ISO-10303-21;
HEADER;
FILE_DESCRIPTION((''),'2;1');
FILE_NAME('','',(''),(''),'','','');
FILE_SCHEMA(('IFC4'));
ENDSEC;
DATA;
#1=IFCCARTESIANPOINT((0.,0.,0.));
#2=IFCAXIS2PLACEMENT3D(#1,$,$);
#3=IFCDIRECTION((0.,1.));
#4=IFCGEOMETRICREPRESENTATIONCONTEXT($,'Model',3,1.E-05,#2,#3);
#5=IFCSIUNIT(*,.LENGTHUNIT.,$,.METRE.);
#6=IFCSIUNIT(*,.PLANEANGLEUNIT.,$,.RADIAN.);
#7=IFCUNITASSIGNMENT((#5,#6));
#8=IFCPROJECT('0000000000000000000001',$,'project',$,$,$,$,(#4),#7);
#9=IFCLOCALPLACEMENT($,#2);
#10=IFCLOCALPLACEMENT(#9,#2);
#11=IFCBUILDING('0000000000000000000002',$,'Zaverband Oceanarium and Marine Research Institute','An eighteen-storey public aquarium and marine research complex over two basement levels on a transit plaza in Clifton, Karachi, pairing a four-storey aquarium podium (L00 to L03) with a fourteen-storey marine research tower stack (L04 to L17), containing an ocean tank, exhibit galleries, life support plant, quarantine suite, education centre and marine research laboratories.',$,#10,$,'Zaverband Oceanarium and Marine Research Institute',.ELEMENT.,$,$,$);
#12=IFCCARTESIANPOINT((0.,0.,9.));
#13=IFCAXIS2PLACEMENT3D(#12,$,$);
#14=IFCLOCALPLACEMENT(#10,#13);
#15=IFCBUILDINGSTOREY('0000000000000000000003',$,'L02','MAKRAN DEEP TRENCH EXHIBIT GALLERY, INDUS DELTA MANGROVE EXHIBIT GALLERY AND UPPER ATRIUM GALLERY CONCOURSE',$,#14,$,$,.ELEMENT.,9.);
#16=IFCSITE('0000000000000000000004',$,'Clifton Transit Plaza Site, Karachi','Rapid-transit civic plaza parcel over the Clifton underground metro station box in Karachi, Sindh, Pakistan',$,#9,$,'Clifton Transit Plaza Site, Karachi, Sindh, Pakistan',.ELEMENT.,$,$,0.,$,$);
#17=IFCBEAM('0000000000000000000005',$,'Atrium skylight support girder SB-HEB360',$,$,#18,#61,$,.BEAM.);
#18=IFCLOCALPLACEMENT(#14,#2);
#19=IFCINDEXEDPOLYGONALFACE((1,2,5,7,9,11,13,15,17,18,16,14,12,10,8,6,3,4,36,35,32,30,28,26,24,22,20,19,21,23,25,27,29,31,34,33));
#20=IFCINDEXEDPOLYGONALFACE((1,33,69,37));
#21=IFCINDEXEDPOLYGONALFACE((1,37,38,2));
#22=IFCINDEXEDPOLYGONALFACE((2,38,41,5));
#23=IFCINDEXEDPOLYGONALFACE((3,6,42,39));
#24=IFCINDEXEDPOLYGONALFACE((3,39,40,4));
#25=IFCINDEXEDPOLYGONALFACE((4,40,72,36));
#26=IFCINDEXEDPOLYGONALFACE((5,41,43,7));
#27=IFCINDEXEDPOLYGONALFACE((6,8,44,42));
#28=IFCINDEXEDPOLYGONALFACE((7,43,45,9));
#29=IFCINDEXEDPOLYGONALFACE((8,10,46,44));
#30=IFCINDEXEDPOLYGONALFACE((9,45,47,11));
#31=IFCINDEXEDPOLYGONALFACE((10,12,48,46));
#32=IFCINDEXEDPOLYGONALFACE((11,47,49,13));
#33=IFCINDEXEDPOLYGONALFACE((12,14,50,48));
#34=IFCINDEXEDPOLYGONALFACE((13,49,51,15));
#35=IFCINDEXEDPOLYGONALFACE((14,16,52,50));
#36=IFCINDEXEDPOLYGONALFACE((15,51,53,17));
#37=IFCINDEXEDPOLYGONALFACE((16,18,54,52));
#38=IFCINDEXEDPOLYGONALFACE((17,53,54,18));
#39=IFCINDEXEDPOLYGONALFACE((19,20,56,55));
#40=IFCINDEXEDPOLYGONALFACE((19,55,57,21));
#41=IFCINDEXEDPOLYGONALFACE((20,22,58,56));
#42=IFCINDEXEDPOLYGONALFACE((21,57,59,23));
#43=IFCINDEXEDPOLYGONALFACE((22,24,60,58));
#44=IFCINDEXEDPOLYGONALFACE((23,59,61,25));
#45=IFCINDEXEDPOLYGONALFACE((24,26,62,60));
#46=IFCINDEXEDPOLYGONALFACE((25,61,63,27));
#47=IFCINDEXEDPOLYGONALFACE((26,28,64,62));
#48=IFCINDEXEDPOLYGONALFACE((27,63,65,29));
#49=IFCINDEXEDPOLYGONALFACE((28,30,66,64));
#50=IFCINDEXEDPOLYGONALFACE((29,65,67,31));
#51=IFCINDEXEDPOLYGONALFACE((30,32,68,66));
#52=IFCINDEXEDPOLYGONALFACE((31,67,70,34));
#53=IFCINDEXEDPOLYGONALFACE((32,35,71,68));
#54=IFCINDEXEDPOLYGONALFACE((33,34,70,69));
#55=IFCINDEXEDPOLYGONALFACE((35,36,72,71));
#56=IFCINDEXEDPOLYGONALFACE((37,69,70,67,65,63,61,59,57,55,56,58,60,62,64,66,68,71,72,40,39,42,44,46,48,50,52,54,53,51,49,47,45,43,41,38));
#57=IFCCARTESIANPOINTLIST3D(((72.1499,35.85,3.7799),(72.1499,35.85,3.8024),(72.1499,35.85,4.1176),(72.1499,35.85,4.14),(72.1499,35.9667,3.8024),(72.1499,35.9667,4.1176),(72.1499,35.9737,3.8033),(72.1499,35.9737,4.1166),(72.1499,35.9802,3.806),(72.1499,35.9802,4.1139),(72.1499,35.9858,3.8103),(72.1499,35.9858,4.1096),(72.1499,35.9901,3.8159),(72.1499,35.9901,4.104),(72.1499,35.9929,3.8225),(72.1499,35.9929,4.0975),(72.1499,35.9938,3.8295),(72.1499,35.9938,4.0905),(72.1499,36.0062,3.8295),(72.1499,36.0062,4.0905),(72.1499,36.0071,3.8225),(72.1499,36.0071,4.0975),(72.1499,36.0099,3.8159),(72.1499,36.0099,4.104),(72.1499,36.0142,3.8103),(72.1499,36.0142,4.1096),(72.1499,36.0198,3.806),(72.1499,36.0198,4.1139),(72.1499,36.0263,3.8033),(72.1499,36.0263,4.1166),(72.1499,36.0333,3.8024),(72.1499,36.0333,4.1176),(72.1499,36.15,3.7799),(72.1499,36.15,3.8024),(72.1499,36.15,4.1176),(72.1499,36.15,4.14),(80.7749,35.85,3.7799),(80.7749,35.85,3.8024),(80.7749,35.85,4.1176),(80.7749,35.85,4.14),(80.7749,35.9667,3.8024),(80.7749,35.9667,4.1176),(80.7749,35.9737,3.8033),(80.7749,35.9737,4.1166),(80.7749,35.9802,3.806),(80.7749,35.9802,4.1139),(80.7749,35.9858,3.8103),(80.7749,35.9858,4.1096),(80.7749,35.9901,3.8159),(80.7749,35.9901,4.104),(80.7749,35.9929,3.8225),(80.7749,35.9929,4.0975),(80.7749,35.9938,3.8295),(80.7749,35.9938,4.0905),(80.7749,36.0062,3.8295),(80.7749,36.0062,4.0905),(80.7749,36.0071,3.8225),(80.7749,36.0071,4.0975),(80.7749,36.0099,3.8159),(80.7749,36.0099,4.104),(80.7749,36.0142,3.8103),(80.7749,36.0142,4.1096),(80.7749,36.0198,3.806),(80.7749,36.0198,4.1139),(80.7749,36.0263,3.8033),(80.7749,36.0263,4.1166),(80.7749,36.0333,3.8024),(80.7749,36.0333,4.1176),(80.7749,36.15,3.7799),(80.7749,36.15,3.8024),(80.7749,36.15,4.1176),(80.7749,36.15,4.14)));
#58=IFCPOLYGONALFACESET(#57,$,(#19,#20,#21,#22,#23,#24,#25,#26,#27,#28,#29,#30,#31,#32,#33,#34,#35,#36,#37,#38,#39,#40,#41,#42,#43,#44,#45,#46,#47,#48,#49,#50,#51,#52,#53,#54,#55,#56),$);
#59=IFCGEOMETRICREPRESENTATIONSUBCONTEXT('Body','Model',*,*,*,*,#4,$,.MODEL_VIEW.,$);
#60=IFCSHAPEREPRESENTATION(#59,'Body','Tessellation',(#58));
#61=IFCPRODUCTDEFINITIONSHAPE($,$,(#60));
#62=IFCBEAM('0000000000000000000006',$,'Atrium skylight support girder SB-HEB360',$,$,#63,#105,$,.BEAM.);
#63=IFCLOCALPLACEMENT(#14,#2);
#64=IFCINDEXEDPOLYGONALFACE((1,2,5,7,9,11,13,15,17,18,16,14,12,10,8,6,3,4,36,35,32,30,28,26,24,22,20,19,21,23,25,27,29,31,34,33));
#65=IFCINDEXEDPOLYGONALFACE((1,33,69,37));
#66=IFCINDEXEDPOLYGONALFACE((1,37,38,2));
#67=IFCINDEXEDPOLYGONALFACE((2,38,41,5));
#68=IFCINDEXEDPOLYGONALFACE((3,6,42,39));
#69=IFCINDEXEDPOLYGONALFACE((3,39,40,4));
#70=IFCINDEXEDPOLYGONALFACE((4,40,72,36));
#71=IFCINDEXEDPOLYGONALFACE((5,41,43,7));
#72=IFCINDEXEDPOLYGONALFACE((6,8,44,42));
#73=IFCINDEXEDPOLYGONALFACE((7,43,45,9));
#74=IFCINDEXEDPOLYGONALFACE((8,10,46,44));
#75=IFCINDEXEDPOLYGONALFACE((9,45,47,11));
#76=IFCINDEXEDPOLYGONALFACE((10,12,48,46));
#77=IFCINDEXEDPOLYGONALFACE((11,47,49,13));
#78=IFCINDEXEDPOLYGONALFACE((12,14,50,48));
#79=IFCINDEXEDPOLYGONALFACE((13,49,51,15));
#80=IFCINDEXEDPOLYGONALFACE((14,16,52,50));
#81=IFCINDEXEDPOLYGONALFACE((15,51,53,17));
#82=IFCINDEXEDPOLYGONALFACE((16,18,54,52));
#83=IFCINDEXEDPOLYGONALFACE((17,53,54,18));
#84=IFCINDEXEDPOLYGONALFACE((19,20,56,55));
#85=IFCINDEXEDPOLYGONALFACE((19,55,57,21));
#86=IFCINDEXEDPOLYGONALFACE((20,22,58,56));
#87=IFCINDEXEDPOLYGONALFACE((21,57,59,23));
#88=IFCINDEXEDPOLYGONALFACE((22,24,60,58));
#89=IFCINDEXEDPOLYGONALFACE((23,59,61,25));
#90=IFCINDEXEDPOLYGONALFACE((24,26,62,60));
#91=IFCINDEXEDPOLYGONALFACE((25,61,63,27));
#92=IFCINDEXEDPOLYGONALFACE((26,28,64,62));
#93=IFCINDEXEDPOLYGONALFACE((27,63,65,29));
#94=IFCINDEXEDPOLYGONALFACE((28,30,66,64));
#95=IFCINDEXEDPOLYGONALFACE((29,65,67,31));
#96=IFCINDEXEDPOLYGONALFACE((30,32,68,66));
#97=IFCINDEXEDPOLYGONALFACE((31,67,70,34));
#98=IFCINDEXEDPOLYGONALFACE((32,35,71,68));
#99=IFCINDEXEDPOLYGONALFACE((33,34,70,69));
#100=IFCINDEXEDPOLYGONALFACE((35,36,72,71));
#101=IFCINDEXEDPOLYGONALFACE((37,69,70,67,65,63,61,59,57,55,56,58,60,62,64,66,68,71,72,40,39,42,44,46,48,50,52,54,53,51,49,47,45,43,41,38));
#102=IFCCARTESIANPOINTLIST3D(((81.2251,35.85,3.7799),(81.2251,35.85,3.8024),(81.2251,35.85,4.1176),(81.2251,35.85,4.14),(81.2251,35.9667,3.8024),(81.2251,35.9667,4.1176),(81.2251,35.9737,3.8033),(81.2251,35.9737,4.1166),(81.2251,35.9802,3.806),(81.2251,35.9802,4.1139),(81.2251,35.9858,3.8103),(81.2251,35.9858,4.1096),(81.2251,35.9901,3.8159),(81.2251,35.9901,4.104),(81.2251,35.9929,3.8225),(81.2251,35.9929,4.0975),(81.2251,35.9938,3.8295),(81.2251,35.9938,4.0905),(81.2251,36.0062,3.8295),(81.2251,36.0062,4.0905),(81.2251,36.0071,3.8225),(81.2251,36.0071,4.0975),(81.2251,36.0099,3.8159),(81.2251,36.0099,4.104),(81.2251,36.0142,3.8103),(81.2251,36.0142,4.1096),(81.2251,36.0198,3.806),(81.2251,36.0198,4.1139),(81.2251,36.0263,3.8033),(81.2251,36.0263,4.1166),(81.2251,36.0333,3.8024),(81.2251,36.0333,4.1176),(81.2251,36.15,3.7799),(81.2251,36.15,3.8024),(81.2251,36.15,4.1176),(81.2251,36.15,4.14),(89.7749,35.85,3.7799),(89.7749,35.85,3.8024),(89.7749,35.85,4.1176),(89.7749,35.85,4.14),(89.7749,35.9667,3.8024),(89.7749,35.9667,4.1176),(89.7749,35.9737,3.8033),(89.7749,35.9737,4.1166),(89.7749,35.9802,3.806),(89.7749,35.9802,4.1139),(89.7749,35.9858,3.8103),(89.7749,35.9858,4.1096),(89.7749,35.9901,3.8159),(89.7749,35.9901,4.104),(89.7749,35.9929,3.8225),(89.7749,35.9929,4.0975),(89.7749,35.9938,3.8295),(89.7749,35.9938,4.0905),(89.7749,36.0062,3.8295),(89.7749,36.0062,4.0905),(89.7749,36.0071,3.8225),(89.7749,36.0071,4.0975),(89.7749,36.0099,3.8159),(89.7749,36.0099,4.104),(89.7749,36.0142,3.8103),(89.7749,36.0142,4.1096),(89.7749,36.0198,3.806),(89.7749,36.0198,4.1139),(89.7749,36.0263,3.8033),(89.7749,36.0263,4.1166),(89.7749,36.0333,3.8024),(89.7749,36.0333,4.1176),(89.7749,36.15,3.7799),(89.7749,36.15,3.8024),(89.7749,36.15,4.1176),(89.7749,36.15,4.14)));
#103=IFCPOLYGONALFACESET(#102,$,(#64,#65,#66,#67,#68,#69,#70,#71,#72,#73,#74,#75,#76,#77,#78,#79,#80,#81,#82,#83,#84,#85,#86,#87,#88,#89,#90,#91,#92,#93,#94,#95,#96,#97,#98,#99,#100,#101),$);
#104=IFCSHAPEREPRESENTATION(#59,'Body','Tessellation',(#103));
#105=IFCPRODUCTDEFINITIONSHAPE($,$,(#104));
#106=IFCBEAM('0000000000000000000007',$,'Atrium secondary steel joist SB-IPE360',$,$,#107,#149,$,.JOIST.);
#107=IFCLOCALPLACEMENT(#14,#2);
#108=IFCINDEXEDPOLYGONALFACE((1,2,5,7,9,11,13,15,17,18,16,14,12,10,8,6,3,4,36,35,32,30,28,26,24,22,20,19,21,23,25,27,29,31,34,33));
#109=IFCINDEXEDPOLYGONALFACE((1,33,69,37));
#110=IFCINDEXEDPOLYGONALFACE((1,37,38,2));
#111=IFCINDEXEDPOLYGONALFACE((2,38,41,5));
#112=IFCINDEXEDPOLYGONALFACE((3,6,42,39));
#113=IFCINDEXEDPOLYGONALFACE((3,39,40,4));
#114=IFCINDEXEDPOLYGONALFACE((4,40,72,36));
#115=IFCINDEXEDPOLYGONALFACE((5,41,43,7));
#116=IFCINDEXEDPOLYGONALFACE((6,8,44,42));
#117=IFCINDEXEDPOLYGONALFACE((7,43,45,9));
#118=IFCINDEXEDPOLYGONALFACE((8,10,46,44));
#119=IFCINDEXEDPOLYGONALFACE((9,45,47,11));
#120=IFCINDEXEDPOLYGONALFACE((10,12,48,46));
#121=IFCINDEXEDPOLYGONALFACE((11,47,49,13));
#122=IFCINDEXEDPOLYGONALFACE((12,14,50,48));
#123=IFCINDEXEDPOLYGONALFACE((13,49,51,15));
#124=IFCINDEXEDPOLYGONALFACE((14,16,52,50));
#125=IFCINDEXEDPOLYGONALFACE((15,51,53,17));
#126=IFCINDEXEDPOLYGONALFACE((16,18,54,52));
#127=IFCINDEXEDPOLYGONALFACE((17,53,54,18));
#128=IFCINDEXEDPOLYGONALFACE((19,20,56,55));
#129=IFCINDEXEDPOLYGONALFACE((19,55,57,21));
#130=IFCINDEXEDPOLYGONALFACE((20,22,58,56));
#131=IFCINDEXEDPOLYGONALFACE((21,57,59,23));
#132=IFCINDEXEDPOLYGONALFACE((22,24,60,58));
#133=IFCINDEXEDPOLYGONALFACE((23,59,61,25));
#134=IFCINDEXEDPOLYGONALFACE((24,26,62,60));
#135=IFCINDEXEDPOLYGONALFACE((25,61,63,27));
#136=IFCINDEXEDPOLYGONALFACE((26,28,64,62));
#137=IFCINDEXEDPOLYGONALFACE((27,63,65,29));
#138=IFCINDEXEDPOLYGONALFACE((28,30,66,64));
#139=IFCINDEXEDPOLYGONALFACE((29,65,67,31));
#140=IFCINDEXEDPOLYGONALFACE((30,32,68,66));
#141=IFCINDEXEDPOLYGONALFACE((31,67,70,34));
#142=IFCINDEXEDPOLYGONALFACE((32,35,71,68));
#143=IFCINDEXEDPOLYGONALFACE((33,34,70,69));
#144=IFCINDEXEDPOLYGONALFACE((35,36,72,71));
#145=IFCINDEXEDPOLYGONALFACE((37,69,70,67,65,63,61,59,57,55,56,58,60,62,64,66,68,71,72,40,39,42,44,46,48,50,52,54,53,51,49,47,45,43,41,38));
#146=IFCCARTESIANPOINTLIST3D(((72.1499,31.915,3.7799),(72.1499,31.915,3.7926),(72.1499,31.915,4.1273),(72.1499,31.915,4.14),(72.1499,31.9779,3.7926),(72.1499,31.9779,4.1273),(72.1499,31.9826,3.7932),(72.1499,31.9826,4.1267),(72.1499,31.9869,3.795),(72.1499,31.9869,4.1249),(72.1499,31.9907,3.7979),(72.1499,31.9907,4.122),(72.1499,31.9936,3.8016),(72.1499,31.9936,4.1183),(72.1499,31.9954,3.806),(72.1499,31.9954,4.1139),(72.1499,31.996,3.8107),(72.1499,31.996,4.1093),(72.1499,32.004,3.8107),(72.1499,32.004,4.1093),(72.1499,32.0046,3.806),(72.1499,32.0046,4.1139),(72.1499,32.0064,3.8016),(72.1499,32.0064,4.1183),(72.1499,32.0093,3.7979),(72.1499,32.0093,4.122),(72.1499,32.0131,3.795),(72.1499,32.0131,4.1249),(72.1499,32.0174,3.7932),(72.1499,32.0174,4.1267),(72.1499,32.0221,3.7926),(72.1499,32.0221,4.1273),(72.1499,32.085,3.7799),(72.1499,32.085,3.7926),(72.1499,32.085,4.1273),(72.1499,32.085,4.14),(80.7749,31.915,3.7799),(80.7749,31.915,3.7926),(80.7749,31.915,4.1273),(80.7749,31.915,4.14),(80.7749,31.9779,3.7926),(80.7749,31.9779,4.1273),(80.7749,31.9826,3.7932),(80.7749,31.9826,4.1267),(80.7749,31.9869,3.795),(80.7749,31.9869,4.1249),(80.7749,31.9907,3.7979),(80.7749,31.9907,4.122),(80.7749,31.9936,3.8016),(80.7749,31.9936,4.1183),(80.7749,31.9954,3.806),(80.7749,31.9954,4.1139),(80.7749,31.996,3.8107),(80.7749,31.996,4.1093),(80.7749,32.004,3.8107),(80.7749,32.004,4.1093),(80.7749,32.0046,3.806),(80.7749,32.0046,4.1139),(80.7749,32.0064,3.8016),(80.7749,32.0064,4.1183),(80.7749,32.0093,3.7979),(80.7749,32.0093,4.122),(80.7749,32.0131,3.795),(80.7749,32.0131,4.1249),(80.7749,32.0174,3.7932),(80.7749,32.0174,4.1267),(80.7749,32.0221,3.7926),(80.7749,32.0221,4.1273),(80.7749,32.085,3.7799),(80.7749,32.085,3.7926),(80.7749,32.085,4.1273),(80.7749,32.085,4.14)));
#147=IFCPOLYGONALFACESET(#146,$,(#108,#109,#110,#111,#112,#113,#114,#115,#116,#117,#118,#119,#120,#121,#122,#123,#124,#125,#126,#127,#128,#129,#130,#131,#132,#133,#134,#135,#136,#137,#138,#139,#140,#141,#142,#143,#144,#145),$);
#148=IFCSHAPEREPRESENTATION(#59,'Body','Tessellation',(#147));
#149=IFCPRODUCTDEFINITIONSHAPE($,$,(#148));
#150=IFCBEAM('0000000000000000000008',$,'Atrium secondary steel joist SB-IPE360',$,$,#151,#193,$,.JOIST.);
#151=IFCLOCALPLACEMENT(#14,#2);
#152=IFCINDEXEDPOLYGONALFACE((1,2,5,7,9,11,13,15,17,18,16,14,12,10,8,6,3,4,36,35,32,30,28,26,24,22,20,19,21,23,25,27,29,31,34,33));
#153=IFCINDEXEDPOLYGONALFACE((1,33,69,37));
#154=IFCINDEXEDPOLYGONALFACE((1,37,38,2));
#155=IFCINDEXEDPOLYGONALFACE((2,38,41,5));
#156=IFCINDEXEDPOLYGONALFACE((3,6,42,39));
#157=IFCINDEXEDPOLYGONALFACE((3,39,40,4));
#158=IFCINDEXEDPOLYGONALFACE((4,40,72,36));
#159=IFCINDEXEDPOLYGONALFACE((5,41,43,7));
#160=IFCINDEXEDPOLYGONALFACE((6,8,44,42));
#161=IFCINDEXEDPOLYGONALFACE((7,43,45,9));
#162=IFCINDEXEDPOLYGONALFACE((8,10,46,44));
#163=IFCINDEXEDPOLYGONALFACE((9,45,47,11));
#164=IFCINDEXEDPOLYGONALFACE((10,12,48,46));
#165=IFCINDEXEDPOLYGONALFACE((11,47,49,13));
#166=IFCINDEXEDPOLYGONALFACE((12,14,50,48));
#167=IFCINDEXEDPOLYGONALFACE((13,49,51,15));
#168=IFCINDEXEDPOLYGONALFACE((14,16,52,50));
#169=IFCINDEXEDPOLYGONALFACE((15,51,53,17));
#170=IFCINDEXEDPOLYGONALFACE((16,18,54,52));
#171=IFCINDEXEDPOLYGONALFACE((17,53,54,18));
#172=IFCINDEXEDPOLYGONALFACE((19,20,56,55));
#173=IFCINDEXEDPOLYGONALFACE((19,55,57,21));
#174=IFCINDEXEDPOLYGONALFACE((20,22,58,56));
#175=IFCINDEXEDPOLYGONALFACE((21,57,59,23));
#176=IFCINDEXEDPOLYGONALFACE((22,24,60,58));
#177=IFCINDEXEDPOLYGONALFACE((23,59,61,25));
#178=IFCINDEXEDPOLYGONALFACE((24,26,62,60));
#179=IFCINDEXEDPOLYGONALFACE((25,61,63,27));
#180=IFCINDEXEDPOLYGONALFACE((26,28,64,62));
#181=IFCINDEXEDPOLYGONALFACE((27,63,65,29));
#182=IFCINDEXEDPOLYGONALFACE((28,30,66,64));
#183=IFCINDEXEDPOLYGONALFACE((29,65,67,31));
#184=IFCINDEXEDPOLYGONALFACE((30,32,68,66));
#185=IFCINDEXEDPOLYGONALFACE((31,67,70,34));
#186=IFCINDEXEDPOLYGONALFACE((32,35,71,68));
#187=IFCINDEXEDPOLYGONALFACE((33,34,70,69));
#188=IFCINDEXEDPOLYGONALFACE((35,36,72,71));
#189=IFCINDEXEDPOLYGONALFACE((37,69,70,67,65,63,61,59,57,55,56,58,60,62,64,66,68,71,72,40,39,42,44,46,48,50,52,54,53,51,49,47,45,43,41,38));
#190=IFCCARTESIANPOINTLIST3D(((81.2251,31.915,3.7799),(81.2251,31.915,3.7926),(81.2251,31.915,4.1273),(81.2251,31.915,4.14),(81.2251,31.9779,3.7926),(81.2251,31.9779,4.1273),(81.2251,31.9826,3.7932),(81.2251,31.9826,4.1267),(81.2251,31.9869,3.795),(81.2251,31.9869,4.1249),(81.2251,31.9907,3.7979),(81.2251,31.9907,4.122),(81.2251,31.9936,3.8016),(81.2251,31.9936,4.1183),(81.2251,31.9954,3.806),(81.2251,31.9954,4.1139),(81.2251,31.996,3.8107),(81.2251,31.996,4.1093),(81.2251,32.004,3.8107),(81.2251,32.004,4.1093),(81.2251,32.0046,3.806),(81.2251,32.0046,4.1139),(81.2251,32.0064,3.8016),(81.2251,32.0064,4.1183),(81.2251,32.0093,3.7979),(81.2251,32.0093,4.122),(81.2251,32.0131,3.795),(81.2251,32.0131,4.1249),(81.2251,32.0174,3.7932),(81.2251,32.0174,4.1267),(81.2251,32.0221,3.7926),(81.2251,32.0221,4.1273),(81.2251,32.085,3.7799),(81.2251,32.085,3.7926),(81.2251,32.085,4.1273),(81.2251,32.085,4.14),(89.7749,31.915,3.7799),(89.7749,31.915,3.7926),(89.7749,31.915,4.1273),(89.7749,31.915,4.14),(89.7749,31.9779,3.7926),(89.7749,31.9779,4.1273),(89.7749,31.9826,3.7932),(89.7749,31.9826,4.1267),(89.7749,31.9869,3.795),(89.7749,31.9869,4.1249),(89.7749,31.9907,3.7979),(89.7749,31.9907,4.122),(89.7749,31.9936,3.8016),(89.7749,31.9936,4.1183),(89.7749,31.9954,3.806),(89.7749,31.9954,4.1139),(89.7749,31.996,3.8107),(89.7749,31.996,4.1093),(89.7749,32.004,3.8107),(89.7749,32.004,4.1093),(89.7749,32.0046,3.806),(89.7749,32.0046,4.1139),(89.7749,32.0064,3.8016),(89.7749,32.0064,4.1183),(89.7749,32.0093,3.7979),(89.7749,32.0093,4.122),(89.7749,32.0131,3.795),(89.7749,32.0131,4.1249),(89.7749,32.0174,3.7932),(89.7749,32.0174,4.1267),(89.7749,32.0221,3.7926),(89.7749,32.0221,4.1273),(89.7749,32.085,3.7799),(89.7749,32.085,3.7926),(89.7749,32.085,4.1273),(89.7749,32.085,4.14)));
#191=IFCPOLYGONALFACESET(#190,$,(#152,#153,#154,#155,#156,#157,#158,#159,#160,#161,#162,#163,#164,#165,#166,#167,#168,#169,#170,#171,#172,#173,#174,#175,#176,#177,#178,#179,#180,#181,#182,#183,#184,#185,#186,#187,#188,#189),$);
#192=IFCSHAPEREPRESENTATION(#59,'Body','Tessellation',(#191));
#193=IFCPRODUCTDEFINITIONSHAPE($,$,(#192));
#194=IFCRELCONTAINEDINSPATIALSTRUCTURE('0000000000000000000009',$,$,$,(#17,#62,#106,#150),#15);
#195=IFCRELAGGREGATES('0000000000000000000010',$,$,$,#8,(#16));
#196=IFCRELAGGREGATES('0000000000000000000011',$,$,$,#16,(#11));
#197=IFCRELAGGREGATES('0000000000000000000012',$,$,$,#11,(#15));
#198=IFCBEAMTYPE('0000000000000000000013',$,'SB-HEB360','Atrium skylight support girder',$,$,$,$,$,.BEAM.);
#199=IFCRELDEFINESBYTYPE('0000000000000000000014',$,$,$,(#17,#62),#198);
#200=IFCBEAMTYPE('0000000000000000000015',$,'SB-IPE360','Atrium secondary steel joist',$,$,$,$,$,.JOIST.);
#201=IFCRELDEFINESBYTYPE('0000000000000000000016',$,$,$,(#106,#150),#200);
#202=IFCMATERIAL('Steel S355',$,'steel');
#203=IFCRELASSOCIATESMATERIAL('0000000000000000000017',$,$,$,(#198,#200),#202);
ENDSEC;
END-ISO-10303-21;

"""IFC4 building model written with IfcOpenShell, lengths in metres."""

from ifc_helpers import new_model, si_unit, direction, frame, origin, origin_2d, place, context, subcontext, project, spatial, i_section, extrude, material, material_profile, profile_set, type_object, element, save


model = new_model("IFC4")

# Units and contexts
model_context = context("Model", 3, precision=1e-05, world=origin(), true_north=direction((0.0, 1.0)))
body_context = subcontext(model_context, "Body", "Model", "MODEL_VIEW")
ifc_project = project(units=[si_unit("LENGTHUNIT", "METRE"), si_unit("PLANEANGLEUNIT", "RADIAN")], contexts=[model_context])

# Site, building, storey
site_placement = place(None, origin())
site = spatial("IfcSite", under=ifc_project, at=site_placement, Name="Clifton Transit Plaza Site, Karachi", Description="Rapid-transit civic plaza parcel over the Clifton underground metro station box in Karachi, Sindh, Pakistan", LongName="Clifton Transit Plaza Site, Karachi, Sindh, Pakistan", CompositionType="ELEMENT", RefElevation=0.0)
building_placement = place(site_placement, origin())
building = spatial("IfcBuilding", under=site, at=building_placement, Name="Zaverband Oceanarium and Marine Research Institute", Description="An eighteen-storey public aquarium and marine research complex over two basement levels on a transit plaza in Clifton, Karachi, pairing a four-storey aquarium podium (L00 to L03) with a fourteen-storey marine research tower stack (L04 to L17), containing an ocean tank, exhibit galleries, life support plant, quarantine suite, education centre and marine research laboratories.", LongName="Zaverband Oceanarium and Marine Research Institute", CompositionType="ELEMENT")
storey_placement = place(building_placement, frame((0.0, 0.0, 9.0)))
storey = spatial("IfcBuildingStorey", under=building, at=storey_placement, Name="L02", Description="MAKRAN DEEP TRENCH EXHIBIT GALLERY, INDUS DELTA MANGROVE EXHIBIT GALLERY AND UPPER ATRIUM GALLERY CONCOURSE", CompositionType="ELEMENT", Elevation=9.0)

# Shared definitions
ifc_material_1 = material(Name="Steel S355", Category="steel")

# Beams
ifc_material_profile_1 = material_profile(ifc_material_1, i_section(OverallWidth=0.3, OverallDepth=0.3601, WebThickness=0.0125, FlangeThickness=0.0225, FilletRadius=0.0271, at=origin_2d()), Name="HEB360")
ifc_profile_set_1 = profile_set([ifc_material_profile_1], Name="Steel S355")
beam_type_1 = type_object("IfcBeamType", Name="SB-HEB360", Description="Atrium skylight support girder", PredefinedType="BEAM", material=ifc_profile_set_1)
beam_1_placement = place(storey_placement, frame((72.1499, 36.0, 3.96), z_axis=(1.0, 0.0, 0.0), x_axis=(0.0, 1.0, 0.0)))
element("IfcBeam", 1, at=beam_1_placement, inside=storey, type_object=beam_type_1, Name="Atrium skylight support girder SB-HEB360", PredefinedType="BEAM", context=body_context, shape_type="SweptSolid", body=[
    extrude(i_section(OverallWidth=0.3, OverallDepth=0.3601, WebThickness=0.0125, FlangeThickness=0.0225, FilletRadius=0.0271, at=origin_2d()), origin(), (0.0, 0.0, 1.0), 8.625),
])
beam_2_placement = place(storey_placement, frame((81.2251, 36.0, 3.96), z_axis=(1.0, 0.0, 0.0), x_axis=(0.0, 1.0, 0.0)))
element("IfcBeam", 2, at=beam_2_placement, inside=storey, type_object=beam_type_1, Name="Atrium skylight support girder SB-HEB360", PredefinedType="BEAM", context=body_context, shape_type="SweptSolid", body=[
    extrude(i_section(OverallWidth=0.3, OverallDepth=0.3601, WebThickness=0.0125, FlangeThickness=0.0225, FilletRadius=0.0271, at=origin_2d()), origin(), (0.0, 0.0, 1.0), 8.5498),
])
ifc_material_profile_2 = material_profile(ifc_material_1, i_section(OverallWidth=0.1699, OverallDepth=0.3601, WebThickness=0.0081, FlangeThickness=0.0127, FilletRadius=0.0181, at=origin_2d()), Name="IPE360")
ifc_profile_set_2 = profile_set([ifc_material_profile_2], Name="Steel S355")
beam_type_2 = type_object("IfcBeamType", Name="SB-IPE360", Description="Atrium secondary steel joist", PredefinedType="JOIST", material=ifc_profile_set_2)
beam_3_placement = place(storey_placement, frame((72.1499, 32.0, 3.96), z_axis=(1.0, 0.0, 0.0), x_axis=(0.0, 1.0, 0.0)))
element("IfcBeam", 3, at=beam_3_placement, inside=storey, type_object=beam_type_2, Name="Atrium secondary steel joist SB-IPE360", PredefinedType="JOIST", context=body_context, shape_type="SweptSolid", body=[
    extrude(i_section(OverallWidth=0.1699, OverallDepth=0.3601, WebThickness=0.0081, FlangeThickness=0.0127, FilletRadius=0.0181, at=origin_2d()), origin(), (0.0, 0.0, 1.0), 8.625),
])
beam_4_placement = place(storey_placement, frame((81.2251, 32.0, 3.96), z_axis=(1.0, 0.0, 0.0), x_axis=(0.0, 1.0, 0.0)))
element("IfcBeam", 4, at=beam_4_placement, inside=storey, type_object=beam_type_2, Name="Atrium secondary steel joist SB-IPE360", PredefinedType="JOIST", context=body_context, shape_type="SweptSolid", body=[
    extrude(i_section(OverallWidth=0.1699, OverallDepth=0.3601, WebThickness=0.0081, FlangeThickness=0.0127, FilletRadius=0.0181, at=origin_2d()), origin(), (0.0, 0.0, 1.0), 8.5498),
])

save(model, "model.ifc")
